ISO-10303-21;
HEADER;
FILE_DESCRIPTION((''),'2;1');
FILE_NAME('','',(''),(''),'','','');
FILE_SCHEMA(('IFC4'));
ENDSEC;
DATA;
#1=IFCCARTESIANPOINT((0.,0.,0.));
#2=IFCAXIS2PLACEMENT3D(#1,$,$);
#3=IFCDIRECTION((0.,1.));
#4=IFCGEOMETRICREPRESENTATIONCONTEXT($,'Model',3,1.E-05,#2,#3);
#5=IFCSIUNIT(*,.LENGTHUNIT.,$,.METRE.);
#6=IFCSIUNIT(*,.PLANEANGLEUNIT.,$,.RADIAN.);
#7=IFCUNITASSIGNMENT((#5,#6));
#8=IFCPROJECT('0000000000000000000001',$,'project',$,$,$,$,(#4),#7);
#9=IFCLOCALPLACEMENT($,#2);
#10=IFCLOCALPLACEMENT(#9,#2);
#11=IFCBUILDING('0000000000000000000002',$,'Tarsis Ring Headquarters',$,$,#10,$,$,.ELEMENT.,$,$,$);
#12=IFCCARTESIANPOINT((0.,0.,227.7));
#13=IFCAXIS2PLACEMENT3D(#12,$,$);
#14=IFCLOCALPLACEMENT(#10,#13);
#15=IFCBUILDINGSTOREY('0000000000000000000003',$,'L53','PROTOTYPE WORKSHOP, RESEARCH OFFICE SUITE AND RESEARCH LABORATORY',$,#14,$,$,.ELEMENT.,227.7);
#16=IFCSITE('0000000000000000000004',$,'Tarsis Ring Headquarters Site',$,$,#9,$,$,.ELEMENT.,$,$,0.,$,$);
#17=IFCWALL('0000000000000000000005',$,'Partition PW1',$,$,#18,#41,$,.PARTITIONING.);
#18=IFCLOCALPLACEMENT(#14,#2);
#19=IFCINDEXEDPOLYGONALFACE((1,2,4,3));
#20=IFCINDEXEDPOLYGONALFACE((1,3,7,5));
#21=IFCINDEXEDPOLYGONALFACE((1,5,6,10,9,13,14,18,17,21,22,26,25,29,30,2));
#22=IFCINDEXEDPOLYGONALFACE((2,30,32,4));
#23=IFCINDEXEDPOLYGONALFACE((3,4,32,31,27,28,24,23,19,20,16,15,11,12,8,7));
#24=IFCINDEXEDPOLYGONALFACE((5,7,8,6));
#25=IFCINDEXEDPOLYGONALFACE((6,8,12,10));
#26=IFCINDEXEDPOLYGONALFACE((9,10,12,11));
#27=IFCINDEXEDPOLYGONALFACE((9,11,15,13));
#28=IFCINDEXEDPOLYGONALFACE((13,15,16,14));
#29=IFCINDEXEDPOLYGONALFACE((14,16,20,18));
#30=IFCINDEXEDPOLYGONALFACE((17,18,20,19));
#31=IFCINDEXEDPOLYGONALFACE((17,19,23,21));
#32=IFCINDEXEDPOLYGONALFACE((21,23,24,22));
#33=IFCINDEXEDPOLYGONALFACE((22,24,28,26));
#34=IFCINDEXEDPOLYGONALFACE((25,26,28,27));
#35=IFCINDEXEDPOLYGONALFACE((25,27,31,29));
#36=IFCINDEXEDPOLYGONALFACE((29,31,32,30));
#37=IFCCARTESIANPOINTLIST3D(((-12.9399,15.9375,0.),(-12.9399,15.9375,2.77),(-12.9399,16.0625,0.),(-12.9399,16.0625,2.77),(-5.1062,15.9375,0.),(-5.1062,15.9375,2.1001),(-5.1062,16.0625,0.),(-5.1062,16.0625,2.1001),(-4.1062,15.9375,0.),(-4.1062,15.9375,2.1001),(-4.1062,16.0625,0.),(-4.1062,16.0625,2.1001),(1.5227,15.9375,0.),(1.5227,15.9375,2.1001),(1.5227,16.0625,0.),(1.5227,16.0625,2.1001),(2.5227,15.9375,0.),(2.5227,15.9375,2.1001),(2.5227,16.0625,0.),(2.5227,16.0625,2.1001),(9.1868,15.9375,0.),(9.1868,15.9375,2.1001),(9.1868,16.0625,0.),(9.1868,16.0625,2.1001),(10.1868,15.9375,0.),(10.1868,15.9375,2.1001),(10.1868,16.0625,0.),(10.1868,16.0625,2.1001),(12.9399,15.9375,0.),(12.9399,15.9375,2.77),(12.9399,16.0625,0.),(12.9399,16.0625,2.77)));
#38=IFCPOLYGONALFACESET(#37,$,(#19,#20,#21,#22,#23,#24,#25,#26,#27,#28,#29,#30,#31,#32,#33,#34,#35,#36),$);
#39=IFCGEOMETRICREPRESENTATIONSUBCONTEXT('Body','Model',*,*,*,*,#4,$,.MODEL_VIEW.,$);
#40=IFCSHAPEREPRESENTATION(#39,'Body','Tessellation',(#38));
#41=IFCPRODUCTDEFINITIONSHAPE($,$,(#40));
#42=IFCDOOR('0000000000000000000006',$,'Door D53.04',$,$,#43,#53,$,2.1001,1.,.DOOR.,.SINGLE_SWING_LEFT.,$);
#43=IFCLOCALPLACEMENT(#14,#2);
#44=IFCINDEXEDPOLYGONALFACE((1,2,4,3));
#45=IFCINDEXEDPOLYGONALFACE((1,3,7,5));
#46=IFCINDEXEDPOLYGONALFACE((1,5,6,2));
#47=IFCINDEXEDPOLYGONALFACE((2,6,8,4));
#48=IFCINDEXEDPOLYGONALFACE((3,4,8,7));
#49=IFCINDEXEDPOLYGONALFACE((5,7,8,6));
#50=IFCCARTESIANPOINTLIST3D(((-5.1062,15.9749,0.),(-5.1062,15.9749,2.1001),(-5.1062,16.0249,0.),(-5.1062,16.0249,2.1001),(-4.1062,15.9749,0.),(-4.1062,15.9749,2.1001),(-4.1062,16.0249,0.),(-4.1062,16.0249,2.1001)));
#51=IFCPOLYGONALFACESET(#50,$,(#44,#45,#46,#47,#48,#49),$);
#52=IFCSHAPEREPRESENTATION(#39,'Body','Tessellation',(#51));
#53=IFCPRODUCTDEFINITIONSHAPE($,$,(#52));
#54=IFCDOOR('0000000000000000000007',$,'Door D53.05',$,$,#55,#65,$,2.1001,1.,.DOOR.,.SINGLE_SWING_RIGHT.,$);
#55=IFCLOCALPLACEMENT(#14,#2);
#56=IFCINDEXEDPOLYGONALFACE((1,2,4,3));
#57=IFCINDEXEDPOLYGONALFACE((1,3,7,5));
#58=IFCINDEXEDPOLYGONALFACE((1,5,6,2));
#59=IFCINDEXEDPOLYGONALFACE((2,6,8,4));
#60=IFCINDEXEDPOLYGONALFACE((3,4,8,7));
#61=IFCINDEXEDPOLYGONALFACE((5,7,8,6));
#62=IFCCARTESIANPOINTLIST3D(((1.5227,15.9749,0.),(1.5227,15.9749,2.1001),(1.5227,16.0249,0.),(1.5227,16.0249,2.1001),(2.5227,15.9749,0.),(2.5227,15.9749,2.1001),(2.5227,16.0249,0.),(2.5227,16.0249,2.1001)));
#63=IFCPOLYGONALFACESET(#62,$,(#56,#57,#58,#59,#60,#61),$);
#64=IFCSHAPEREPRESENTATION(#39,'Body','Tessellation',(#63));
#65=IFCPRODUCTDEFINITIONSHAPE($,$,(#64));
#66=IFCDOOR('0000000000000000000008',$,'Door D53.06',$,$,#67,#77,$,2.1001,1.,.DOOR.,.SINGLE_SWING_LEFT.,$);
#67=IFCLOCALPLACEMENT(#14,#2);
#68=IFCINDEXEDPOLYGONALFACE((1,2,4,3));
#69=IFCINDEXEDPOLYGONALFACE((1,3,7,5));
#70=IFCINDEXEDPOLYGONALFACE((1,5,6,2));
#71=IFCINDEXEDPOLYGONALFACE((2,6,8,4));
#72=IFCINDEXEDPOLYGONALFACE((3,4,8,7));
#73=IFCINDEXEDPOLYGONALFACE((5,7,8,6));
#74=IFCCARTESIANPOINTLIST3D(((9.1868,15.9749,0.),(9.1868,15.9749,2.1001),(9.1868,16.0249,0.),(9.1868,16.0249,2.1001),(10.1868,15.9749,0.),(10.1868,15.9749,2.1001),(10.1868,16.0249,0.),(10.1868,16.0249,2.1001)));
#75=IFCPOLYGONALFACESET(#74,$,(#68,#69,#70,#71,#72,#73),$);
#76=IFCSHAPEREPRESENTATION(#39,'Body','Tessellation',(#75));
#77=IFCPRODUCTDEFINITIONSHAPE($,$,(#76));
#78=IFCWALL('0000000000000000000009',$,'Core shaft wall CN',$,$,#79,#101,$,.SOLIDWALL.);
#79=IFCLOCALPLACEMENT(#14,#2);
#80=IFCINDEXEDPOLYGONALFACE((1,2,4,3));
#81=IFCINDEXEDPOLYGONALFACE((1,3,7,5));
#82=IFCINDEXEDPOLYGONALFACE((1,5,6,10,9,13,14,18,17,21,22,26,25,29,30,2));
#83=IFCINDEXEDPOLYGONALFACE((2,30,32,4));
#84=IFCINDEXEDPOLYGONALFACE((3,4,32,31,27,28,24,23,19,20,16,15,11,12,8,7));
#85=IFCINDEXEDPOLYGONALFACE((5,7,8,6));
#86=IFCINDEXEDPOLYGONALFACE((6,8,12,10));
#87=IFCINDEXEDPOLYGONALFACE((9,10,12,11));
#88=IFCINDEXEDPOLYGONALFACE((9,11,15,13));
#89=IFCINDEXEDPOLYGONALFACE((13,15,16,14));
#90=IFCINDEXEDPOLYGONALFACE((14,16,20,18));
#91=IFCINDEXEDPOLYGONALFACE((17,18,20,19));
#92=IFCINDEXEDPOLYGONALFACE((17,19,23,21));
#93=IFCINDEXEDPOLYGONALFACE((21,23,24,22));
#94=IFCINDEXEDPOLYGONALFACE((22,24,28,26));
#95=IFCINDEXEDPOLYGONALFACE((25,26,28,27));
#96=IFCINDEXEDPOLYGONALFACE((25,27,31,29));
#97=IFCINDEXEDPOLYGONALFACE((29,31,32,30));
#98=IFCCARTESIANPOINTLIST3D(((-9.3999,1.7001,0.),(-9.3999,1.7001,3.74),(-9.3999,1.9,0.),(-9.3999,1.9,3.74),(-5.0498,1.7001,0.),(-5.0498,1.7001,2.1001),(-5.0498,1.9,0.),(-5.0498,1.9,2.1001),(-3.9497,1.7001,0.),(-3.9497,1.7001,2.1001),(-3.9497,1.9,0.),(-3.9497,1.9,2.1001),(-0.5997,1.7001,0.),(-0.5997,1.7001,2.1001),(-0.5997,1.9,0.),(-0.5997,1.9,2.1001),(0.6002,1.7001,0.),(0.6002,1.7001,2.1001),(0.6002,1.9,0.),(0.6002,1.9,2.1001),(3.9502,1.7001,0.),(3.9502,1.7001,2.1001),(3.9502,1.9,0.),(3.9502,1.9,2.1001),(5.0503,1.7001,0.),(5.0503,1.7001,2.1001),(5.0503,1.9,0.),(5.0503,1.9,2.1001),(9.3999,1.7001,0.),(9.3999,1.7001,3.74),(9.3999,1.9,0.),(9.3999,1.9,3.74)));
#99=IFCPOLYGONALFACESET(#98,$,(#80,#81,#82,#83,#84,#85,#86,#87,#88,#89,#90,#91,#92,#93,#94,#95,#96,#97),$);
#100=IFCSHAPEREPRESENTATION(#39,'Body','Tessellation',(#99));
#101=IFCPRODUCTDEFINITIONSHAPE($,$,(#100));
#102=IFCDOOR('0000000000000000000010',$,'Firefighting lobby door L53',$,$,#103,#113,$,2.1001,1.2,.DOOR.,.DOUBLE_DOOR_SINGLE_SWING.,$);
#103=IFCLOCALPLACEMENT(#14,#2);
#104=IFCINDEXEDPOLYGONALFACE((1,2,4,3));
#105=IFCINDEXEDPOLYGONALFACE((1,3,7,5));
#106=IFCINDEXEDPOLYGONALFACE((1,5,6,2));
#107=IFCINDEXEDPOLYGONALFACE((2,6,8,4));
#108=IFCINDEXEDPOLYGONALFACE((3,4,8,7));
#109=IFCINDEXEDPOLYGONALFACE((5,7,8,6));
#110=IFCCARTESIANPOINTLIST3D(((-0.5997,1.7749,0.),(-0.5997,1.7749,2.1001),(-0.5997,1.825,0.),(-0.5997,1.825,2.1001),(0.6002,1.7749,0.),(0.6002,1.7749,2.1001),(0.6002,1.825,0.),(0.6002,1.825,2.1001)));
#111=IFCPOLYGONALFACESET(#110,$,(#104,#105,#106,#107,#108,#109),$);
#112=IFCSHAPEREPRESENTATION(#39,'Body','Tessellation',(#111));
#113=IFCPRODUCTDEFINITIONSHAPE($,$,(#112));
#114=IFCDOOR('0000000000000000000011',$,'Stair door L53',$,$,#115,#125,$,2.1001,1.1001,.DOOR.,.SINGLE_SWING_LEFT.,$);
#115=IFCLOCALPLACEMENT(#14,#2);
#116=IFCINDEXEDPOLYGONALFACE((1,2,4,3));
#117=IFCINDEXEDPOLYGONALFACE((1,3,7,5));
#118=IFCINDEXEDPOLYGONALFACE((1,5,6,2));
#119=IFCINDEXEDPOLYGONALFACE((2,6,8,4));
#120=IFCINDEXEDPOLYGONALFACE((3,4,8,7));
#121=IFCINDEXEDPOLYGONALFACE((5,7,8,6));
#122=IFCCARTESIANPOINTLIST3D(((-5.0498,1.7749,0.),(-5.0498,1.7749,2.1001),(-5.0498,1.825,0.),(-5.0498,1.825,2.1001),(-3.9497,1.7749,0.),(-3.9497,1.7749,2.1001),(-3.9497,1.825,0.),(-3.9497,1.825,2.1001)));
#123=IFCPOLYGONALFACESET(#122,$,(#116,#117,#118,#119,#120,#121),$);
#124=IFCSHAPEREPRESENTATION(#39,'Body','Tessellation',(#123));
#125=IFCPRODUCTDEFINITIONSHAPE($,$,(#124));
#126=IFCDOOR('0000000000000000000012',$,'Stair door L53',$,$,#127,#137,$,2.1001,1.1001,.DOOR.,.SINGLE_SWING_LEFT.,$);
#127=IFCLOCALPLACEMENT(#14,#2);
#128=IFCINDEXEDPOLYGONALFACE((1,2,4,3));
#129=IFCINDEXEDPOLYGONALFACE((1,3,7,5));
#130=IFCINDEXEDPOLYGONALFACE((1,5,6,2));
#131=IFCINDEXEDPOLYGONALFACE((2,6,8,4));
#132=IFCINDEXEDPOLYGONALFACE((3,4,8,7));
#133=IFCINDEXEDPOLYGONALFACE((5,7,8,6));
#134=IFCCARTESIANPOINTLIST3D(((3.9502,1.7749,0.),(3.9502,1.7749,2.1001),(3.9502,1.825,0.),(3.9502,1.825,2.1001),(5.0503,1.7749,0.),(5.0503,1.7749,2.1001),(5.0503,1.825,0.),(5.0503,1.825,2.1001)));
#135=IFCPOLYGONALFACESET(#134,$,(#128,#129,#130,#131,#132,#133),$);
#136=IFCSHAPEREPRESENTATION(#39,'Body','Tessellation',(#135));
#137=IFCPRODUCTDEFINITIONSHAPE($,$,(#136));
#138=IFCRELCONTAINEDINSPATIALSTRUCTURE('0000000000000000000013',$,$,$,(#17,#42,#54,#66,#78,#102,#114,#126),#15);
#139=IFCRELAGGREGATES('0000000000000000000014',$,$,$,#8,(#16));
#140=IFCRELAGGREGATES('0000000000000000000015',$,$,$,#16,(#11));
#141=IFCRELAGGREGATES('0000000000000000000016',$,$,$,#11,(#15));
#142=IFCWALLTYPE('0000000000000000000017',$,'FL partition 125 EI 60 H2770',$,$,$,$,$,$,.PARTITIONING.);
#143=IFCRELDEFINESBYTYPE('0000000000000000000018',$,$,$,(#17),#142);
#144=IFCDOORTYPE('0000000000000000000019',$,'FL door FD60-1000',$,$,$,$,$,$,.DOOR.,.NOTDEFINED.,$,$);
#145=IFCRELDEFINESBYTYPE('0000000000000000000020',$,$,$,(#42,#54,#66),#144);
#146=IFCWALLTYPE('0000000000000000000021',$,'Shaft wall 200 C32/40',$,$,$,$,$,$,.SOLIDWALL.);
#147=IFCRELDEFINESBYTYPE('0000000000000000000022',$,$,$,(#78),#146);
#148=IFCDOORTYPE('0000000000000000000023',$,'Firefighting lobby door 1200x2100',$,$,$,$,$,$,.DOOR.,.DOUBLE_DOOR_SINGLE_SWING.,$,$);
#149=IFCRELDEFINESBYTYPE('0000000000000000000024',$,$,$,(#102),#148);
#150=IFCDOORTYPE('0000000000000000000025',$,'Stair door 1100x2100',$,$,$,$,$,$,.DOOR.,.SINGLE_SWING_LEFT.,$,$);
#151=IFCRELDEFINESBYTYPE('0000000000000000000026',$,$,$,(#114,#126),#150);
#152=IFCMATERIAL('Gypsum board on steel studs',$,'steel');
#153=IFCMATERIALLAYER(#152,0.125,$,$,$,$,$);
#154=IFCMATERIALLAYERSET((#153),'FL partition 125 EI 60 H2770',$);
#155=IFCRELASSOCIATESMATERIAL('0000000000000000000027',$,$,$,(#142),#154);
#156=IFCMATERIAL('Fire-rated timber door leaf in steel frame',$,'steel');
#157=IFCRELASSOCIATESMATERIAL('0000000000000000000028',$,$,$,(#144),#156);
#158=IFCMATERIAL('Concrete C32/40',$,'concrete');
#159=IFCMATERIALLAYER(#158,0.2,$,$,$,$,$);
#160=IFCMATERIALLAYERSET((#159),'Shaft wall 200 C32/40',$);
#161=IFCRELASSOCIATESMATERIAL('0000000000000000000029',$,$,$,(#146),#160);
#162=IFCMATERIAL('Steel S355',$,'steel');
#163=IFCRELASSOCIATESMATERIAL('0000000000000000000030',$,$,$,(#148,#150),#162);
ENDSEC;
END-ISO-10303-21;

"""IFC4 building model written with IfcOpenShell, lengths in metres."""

from ifc_helpers import new_model, si_unit, direction, frame, frame_2d, origin, place, context, subcontext, project, spatial, rectangle, extrude, material, layer, layer_set, type_object, element, fill, save


model = new_model("IFC4")

# Units and contexts
model_context = context("Model", 3, precision=1e-05, world=origin(), true_north=direction((0.0, 1.0)))
body_context = subcontext(model_context, "Body", "Model", "MODEL_VIEW")
ifc_project = project(units=[si_unit("LENGTHUNIT", "METRE"), si_unit("PLANEANGLEUNIT", "RADIAN")], contexts=[model_context])

# Site, building, storey
site_placement = place(None, origin())
site = spatial("IfcSite", under=ifc_project, at=site_placement, Name="Tarsis Ring Headquarters Site", CompositionType="ELEMENT", RefElevation=0.0)
building_placement = place(site_placement, origin())
building = spatial("IfcBuilding", under=site, at=building_placement, Name="Tarsis Ring Headquarters", CompositionType="ELEMENT")
storey_placement = place(building_placement, frame((0.0, 0.0, 227.7)))
storey = spatial("IfcBuildingStorey", under=building, at=storey_placement, Name="L53", Description="PROTOTYPE WORKSHOP, RESEARCH OFFICE SUITE AND RESEARCH LABORATORY", CompositionType="ELEMENT", Elevation=227.7)

# Walls, openings, doors
ifc_material_1 = material(Name="Steel S355", Category="steel")
ifc_material_2 = material(Name="Gypsum board on steel studs", Category="steel")
ifc_layer_1 = layer(ifc_material_2, 0.125)
ifc_layer_set_1 = layer_set([ifc_layer_1], Name="FL partition 125 EI 60 H2770")
wall_type_1 = type_object("IfcWallType", Name="FL partition 125 EI 60 H2770", PredefinedType="PARTITIONING", material=ifc_layer_set_1)
wall_1_placement = place(storey_placement, frame((-12.9399, 16.0, 0.0), z_axis=(0.0, 0.0, 1.0), x_axis=(1.0, 0.0, 0.0)))
wall_1 = element("IfcWall", 1, at=wall_1_placement, inside=storey, type_object=wall_type_1, Name="Partition PW1", PredefinedType="PARTITIONING", context=body_context, shape_type="SweptSolid", body=[
    extrude(rectangle(XDim=25.8799, YDim=0.125, at=frame_2d((12.9399, 0.0))), origin(), (0.0, 0.0, 1.0), 2.77),
])
opening_1_placement = place(wall_1_placement, frame((7.8337, 0.0, 0.0)))
opening_1 = element("IfcOpeningElement", 2, at=opening_1_placement, cuts=wall_1, PredefinedType="OPENING", context=body_context, shape_type="SweptSolid", body=[
    extrude(rectangle(XDim=1.0, YDim=2.1001, at=frame_2d((0.5, 1.05))), frame((0.0, 0.0725, 0.0), z_axis=(0.0, -1.0, 0.0), x_axis=(1.0, 0.0, 0.0)), (0.0, 0.0, 1.0), 0.145),
])
opening_2_placement = place(wall_1_placement, frame((14.4626, 0.0, 0.0)))
opening_2 = element("IfcOpeningElement", 3, at=opening_2_placement, cuts=wall_1, PredefinedType="OPENING", context=body_context, shape_type="SweptSolid", body=[
    extrude(rectangle(XDim=1.0, YDim=2.1001, at=frame_2d((0.5, 1.05))), frame((0.0, 0.0725, 0.0), z_axis=(0.0, -1.0, 0.0), x_axis=(1.0, 0.0, 0.0)), (0.0, 0.0, 1.0), 0.145),
])
opening_3_placement = place(wall_1_placement, frame((22.1267, 0.0, 0.0)))
opening_3 = element("IfcOpeningElement", 4, at=opening_3_placement, cuts=wall_1, PredefinedType="OPENING", context=body_context, shape_type="SweptSolid", body=[
    extrude(rectangle(XDim=1.0, YDim=2.1001, at=frame_2d((0.5, 1.05))), frame((0.0, 0.0725, 0.0), z_axis=(0.0, -1.0, 0.0), x_axis=(1.0, 0.0, 0.0)), (0.0, 0.0, 1.0), 0.145),
])
ifc_material_3 = material(Name="Fire-rated timber door leaf in steel frame", Category="steel")
door_type_1 = type_object("IfcDoorType", Name="FL door FD60-1000", OperationType="NOTDEFINED", PredefinedType="DOOR", material=ifc_material_3)
door_1_placement = place(opening_1_placement, origin())
door_1 = element("IfcDoor", 5, at=door_1_placement, inside=storey, type_object=door_type_1, Name="Door D53.04", OperationType="SINGLE_SWING_LEFT", OverallHeight=2.1001, OverallWidth=1.0, PredefinedType="DOOR", context=body_context, shape_type="SweptSolid", body=[
    extrude(rectangle(XDim=1.0, YDim=2.1001, at=frame_2d((0.5, 1.05))), frame((0.0, 0.0249, 0.0), z_axis=(0.0, -1.0, 0.0), x_axis=(1.0, 0.0, 0.0)), (0.0, 0.0, 1.0), 0.05),
])
fill(opening_1, door_1)
door_2_placement = place(opening_2_placement, origin())
door_2 = element("IfcDoor", 6, at=door_2_placement, inside=storey, type_object=door_type_1, Name="Door D53.05", OperationType="SINGLE_SWING_RIGHT", OverallHeight=2.1001, OverallWidth=1.0, PredefinedType="DOOR", context=body_context, shape_type="SweptSolid", body=[
    extrude(rectangle(XDim=1.0, YDim=2.1001, at=frame_2d((0.5, 1.05))), frame((0.0, 0.0249, 0.0), z_axis=(0.0, -1.0, 0.0), x_axis=(1.0, 0.0, 0.0)), (0.0, 0.0, 1.0), 0.05),
])
fill(opening_2, door_2)
door_3_placement = place(opening_3_placement, origin())
door_3 = element("IfcDoor", 7, at=door_3_placement, inside=storey, type_object=door_type_1, Name="Door D53.06", OperationType="SINGLE_SWING_LEFT", OverallHeight=2.1001, OverallWidth=1.0, PredefinedType="DOOR", context=body_context, shape_type="SweptSolid", body=[
    extrude(rectangle(XDim=1.0, YDim=2.1001, at=frame_2d((0.5, 1.05))), frame((0.0, 0.0249, 0.0), z_axis=(0.0, -1.0, 0.0), x_axis=(1.0, 0.0, 0.0)), (0.0, 0.0, 1.0), 0.05),
])
fill(opening_3, door_3)
ifc_material_4 = material(Name="Concrete C32/40", Category="concrete")
ifc_layer_2 = layer(ifc_material_4, 0.2)
ifc_layer_set_2 = layer_set([ifc_layer_2], Name="Shaft wall 200 C32/40")
wall_type_2 = type_object("IfcWallType", Name="Shaft wall 200 C32/40", PredefinedType="SOLIDWALL", material=ifc_layer_set_2)
wall_2_placement = place(storey_placement, frame((-9.3999, 1.8, 0.0), z_axis=(0.0, 0.0, 1.0), x_axis=(1.0, 0.0, 0.0)))
wall_2 = element("IfcWall", 8, at=wall_2_placement, inside=storey, type_object=wall_type_2, Name="Core shaft wall CN", PredefinedType="SOLIDWALL", context=body_context, shape_type="SweptSolid", body=[
    extrude(rectangle(XDim=18.7998, YDim=0.2, at=frame_2d((9.3999, 0.0))), origin(), (0.0, 0.0, 1.0), 3.74),
])
opening_4_placement = place(wall_2_placement, frame((4.3501, 0.0, 0.0)))
opening_4 = element("IfcOpeningElement", 9, at=opening_4_placement, cuts=wall_2, PredefinedType="OPENING", context=body_context, shape_type="SweptSolid", body=[
    extrude(rectangle(XDim=1.1001, YDim=2.1001, at=frame_2d((0.55, 1.05))), frame((0.0, 0.1099, 0.0), z_axis=(0.0, -1.0, 0.0), x_axis=(1.0, 0.0, 0.0)), (0.0, 0.0, 1.0), 0.22),
])
opening_5_placement = place(wall_2_placement, frame((8.8, 0.0, 0.0)))
opening_5 = element("IfcOpeningElement", 10, at=opening_5_placement, cuts=wall_2, PredefinedType="OPENING", context=body_context, shape_type="SweptSolid", body=[
    extrude(rectangle(XDim=1.2, YDim=2.1001, at=frame_2d((0.6001, 1.05))), frame((0.0, 0.1099, 0.0), z_axis=(0.0, -1.0, 0.0), x_axis=(1.0, 0.0, 0.0)), (0.0, 0.0, 1.0), 0.22),
])
opening_6_placement = place(wall_2_placement, frame((13.3501, 0.0, 0.0)))
opening_6 = element("IfcOpeningElement", 11, at=opening_6_placement, cuts=wall_2, PredefinedType="OPENING", context=body_context, shape_type="SweptSolid", body=[
    extrude(rectangle(XDim=1.1001, YDim=2.1001, at=frame_2d((0.55, 1.05))), frame((0.0, 0.1099, 0.0), z_axis=(0.0, -1.0, 0.0), x_axis=(1.0, 0.0, 0.0)), (0.0, 0.0, 1.0), 0.22),
])
door_type_2 = type_object("IfcDoorType", Name="Firefighting lobby door 1200x2100", OperationType="DOUBLE_DOOR_SINGLE_SWING", PredefinedType="DOOR", material=ifc_material_1)
door_4_placement = place(opening_5_placement, origin())
door_4 = element("IfcDoor", 12, at=door_4_placement, inside=storey, type_object=door_type_2, Name="Firefighting lobby door L53", OperationType="DOUBLE_DOOR_SINGLE_SWING", OverallHeight=2.1001, OverallWidth=1.2, PredefinedType="DOOR", context=body_context, shape_type="SweptSolid", body=[
    extrude(rectangle(XDim=1.2, YDim=2.1001, at=frame_2d((0.6001, 1.05))), frame((0.0, 0.0249, 0.0), z_axis=(0.0, -1.0, 0.0), x_axis=(1.0, 0.0, 0.0)), (0.0, 0.0, 1.0), 0.05),
])
fill(opening_5, door_4)
door_type_3 = type_object("IfcDoorType", Name="Stair door 1100x2100", OperationType="SINGLE_SWING_LEFT", PredefinedType="DOOR", material=ifc_material_1)
door_5_placement = place(opening_4_placement, origin())
door_5 = element("IfcDoor", 13, at=door_5_placement, inside=storey, type_object=door_type_3, Name="Stair door L53", OperationType="SINGLE_SWING_LEFT", OverallHeight=2.1001, OverallWidth=1.1001, PredefinedType="DOOR", context=body_context, shape_type="SweptSolid", body=[
    extrude(rectangle(XDim=1.1001, YDim=2.1001, at=frame_2d((0.55, 1.05))), frame((0.0, 0.0249, 0.0), z_axis=(0.0, -1.0, 0.0), x_axis=(1.0, 0.0, 0.0)), (0.0, 0.0, 1.0), 0.05),
])
fill(opening_4, door_5)
door_6_placement = place(opening_6_placement, origin())
door_6 = element("IfcDoor", 14, at=door_6_placement, inside=storey, type_object=door_type_3, Name="Stair door L53", OperationType="SINGLE_SWING_LEFT", OverallHeight=2.1001, OverallWidth=1.1001, PredefinedType="DOOR", context=body_context, shape_type="SweptSolid", body=[
    extrude(rectangle(XDim=1.1001, YDim=2.1001, at=frame_2d((0.55, 1.05))), frame((0.0, 0.0249, 0.0), z_axis=(0.0, -1.0, 0.0), x_axis=(1.0, 0.0, 0.0)), (0.0, 0.0, 1.0), 0.05),
])
fill(opening_6, door_6)

save(model, "model.ifc")
